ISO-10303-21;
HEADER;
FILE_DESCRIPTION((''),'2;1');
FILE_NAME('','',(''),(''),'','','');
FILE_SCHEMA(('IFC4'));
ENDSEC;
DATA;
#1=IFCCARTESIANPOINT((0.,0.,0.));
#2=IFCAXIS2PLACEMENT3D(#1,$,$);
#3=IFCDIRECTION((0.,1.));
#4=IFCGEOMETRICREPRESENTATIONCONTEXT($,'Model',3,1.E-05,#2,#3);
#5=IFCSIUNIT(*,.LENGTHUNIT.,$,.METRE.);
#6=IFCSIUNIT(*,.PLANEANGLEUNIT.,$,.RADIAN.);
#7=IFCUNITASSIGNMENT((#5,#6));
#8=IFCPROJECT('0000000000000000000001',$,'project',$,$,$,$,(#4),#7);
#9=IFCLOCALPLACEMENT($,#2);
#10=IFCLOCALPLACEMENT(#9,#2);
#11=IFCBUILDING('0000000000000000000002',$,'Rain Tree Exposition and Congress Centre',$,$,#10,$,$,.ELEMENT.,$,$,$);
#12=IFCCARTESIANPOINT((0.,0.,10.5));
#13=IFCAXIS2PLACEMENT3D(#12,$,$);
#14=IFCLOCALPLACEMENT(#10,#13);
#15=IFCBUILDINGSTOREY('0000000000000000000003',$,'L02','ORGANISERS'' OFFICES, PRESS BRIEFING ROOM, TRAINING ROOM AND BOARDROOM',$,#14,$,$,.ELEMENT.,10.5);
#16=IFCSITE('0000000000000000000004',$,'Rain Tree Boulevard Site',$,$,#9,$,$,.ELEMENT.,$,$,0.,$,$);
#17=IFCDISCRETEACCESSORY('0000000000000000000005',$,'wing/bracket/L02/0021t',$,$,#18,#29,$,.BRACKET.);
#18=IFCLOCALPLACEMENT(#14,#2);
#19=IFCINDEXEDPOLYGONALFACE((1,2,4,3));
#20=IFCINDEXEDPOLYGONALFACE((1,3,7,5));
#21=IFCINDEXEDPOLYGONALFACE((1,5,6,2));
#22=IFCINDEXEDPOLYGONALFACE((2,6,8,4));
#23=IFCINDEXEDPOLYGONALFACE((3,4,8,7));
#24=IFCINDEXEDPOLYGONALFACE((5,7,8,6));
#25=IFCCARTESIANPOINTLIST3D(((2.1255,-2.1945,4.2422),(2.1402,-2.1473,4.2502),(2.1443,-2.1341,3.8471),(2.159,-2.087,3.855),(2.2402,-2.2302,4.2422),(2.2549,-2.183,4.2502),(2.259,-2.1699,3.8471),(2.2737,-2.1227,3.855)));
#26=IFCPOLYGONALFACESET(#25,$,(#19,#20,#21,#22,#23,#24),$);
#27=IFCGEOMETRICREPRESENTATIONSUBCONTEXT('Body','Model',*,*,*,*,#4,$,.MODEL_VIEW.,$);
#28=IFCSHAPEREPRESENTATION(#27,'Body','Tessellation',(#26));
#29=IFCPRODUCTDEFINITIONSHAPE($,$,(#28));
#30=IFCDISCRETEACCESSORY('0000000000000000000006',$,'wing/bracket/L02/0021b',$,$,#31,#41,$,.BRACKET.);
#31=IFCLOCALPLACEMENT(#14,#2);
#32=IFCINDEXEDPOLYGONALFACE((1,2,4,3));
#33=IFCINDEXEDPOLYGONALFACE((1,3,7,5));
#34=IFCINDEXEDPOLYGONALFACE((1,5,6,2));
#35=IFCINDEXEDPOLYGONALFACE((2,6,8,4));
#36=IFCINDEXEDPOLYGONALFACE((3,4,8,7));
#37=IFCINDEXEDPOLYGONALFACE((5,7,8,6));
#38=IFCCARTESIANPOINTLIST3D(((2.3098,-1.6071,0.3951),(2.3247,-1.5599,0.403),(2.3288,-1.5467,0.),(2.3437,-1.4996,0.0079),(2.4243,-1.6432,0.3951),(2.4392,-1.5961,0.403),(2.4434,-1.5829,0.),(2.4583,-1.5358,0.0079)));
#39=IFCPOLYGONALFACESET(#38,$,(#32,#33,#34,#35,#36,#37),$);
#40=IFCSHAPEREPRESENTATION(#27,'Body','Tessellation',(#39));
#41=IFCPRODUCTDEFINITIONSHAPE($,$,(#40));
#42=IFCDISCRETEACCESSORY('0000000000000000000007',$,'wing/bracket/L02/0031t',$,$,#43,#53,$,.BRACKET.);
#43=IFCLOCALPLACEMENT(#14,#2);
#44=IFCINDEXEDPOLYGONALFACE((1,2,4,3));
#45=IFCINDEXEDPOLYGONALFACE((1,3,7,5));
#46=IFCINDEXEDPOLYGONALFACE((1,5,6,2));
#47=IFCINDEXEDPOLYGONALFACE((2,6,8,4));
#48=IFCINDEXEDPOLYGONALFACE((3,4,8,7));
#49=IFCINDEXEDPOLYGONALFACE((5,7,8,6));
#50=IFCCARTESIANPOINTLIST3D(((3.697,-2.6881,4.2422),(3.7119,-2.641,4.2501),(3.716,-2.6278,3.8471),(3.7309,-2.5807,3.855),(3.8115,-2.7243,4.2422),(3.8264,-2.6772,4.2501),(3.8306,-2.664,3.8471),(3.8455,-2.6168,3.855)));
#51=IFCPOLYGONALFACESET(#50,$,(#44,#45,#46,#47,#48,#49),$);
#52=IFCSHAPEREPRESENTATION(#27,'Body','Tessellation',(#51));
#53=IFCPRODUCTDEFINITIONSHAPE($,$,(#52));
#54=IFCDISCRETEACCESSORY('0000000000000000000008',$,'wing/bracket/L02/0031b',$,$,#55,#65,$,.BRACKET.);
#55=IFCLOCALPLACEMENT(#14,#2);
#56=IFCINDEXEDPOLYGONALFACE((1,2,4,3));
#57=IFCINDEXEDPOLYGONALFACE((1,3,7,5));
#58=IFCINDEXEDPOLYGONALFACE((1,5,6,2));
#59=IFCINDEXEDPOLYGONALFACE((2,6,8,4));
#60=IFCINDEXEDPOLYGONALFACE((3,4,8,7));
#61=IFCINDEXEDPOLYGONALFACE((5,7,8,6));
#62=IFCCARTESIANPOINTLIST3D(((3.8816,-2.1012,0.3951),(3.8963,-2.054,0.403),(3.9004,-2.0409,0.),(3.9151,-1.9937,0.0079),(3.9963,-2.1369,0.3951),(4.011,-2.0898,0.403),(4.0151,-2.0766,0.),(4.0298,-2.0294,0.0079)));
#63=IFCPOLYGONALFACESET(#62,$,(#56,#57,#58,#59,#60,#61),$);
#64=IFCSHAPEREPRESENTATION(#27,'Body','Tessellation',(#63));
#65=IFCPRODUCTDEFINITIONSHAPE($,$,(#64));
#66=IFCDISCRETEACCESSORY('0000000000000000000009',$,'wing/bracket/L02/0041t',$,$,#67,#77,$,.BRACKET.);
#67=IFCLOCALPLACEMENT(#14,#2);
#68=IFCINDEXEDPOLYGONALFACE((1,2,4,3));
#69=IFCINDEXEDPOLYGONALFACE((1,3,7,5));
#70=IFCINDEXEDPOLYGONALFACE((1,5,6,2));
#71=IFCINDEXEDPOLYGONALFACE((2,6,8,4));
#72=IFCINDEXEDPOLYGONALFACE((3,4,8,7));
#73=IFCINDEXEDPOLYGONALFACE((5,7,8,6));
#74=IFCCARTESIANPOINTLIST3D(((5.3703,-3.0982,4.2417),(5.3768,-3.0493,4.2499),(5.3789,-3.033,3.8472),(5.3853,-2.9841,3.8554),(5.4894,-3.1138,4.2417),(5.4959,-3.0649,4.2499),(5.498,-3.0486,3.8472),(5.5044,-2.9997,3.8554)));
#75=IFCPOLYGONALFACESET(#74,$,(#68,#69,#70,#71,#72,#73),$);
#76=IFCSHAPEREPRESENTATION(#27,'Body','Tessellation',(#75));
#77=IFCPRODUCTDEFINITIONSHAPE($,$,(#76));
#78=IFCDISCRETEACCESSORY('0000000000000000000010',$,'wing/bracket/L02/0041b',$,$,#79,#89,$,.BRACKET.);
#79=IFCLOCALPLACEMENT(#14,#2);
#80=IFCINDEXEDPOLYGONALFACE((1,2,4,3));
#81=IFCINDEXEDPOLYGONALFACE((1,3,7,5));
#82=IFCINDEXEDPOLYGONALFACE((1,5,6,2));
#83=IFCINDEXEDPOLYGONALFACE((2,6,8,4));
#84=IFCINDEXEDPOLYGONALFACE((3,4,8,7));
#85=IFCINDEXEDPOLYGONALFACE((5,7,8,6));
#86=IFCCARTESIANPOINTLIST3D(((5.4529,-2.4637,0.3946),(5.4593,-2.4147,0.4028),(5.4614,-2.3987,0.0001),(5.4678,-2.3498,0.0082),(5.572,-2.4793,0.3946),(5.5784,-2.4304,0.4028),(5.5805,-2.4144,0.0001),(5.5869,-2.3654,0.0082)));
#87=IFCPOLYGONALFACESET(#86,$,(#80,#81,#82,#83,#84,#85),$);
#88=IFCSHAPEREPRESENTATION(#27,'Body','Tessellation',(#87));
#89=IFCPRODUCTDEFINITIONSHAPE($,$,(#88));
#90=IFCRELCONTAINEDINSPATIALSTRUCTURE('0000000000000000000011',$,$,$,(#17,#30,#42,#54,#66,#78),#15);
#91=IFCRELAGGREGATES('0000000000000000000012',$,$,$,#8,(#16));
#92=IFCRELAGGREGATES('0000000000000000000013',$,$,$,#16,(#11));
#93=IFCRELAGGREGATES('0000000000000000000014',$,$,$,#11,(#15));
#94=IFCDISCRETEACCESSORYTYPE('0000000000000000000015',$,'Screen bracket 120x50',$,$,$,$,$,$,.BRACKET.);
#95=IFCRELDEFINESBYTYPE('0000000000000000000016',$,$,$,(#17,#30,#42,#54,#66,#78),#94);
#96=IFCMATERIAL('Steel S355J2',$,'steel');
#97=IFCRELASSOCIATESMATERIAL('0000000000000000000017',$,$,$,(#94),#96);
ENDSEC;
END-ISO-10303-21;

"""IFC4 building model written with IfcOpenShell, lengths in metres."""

from ifc_helpers import new_model, si_unit, direction, frame, origin, origin_2d, place, context, subcontext, project, spatial, rectangle, extrude, material, material_profile, profile_set, type_object, element, save


model = new_model("IFC4")

# Units and contexts
model_context = context("Model", 3, precision=1e-05, world=origin(), true_north=direction((0.0, 1.0)))
body_context = subcontext(model_context, "Body", "Model", "MODEL_VIEW")
ifc_project = project(units=[si_unit("LENGTHUNIT", "METRE"), si_unit("PLANEANGLEUNIT", "RADIAN")], contexts=[model_context])

# Site, building, storey
site_placement = place(None, origin())
site = spatial("IfcSite", under=ifc_project, at=site_placement, Name="Rain Tree Boulevard Site", CompositionType="ELEMENT", RefElevation=0.0)
building_placement = place(site_placement, origin())
building = spatial("IfcBuilding", under=site, at=building_placement, Name="Rain Tree Exposition and Congress Centre", CompositionType="ELEMENT")
storey_placement = place(building_placement, frame((0.0, 0.0, 10.5)))
storey = spatial("IfcBuildingStorey", under=building, at=storey_placement, Name="L02", Description="ORGANISERS' OFFICES, PRESS BRIEFING ROOM, TRAINING ROOM AND BOARDROOM", CompositionType="ELEMENT", Elevation=10.5)

# Discrete accessories
ifc_material_1 = material(Name="Steel S355J2", Category="steel")
ifc_material_profile_1 = material_profile(ifc_material_1, rectangle(XDim=0.1201, YDim=0.05, at=origin_2d()), Name="Flat bar 120x50")
ifc_profile_set_1 = profile_set([ifc_material_profile_1], Name="Steel S355J2")
discrete_accessory_type = type_object("IfcDiscreteAccessoryType", Name="Screen bracket 120x50", PredefinedType="BRACKET", material=ifc_profile_set_1)
for number, where, z_axis, x_axis, name in (
    (1, (2.209, -2.1284, 3.8511), (-0.046993, -0.150743, 0.987456), (0.954686, -0.297615, 0.0), "wing/bracket/L02/0021t"),
    (2, (2.3936, -1.5413, 0.0039), (-0.047602, -0.150738, 0.987427), (0.953583, -0.301131, 0.0), "wing/bracket/L02/0021b"),
    (3, (3.7808, -2.6223, 3.8511), (-0.047602, -0.150738, 0.987427), (0.953583, -0.301131, 0.0), "wing/bracket/L02/0031t"),
    (4, (3.9651, -2.0352, 0.0039), (-0.046993, -0.150743, 0.987456), (0.954686, -0.297615, 0.0), "wing/bracket/L02/0031b"),
):
    element("IfcDiscreteAccessory", number, at=place(storey_placement, frame(where, z_axis=z_axis, x_axis=x_axis)), inside=storey, type_object=discrete_accessory_type, Name=name, PredefinedType="BRACKET", context=body_context, shape_type="SweptSolid", body=[
        extrude(rectangle(XDim=0.1201, YDim=0.05, at=origin_2d()), origin(), (0.0, 0.0, 1.0), 0.4001),
    ])
for number, where, z_axis, x_axis, name in (
    (5, (5.4417, -3.0164, 3.8513), (-0.021364, -0.162976, 0.986399), (0.991517, -0.129974, 0.0), "wing/bracket/L02/0041t"),
    (6, (5.5242, -2.3821, 0.0042), (-0.021366, -0.162381, 0.986497), (0.991454, -0.130455, 0.0), "wing/bracket/L02/0041b"),
):
    element("IfcDiscreteAccessory", number, at=place(storey_placement, frame(where, z_axis=z_axis, x_axis=x_axis)), inside=storey, type_object=discrete_accessory_type, Name=name, PredefinedType="BRACKET", context=body_context, shape_type="SweptSolid", body=[
        extrude(rectangle(XDim=0.1201, YDim=0.05, at=origin_2d()), origin(), (0.0, 0.0, 1.0), 0.3999),
    ])

save(model, "model.ifc")
